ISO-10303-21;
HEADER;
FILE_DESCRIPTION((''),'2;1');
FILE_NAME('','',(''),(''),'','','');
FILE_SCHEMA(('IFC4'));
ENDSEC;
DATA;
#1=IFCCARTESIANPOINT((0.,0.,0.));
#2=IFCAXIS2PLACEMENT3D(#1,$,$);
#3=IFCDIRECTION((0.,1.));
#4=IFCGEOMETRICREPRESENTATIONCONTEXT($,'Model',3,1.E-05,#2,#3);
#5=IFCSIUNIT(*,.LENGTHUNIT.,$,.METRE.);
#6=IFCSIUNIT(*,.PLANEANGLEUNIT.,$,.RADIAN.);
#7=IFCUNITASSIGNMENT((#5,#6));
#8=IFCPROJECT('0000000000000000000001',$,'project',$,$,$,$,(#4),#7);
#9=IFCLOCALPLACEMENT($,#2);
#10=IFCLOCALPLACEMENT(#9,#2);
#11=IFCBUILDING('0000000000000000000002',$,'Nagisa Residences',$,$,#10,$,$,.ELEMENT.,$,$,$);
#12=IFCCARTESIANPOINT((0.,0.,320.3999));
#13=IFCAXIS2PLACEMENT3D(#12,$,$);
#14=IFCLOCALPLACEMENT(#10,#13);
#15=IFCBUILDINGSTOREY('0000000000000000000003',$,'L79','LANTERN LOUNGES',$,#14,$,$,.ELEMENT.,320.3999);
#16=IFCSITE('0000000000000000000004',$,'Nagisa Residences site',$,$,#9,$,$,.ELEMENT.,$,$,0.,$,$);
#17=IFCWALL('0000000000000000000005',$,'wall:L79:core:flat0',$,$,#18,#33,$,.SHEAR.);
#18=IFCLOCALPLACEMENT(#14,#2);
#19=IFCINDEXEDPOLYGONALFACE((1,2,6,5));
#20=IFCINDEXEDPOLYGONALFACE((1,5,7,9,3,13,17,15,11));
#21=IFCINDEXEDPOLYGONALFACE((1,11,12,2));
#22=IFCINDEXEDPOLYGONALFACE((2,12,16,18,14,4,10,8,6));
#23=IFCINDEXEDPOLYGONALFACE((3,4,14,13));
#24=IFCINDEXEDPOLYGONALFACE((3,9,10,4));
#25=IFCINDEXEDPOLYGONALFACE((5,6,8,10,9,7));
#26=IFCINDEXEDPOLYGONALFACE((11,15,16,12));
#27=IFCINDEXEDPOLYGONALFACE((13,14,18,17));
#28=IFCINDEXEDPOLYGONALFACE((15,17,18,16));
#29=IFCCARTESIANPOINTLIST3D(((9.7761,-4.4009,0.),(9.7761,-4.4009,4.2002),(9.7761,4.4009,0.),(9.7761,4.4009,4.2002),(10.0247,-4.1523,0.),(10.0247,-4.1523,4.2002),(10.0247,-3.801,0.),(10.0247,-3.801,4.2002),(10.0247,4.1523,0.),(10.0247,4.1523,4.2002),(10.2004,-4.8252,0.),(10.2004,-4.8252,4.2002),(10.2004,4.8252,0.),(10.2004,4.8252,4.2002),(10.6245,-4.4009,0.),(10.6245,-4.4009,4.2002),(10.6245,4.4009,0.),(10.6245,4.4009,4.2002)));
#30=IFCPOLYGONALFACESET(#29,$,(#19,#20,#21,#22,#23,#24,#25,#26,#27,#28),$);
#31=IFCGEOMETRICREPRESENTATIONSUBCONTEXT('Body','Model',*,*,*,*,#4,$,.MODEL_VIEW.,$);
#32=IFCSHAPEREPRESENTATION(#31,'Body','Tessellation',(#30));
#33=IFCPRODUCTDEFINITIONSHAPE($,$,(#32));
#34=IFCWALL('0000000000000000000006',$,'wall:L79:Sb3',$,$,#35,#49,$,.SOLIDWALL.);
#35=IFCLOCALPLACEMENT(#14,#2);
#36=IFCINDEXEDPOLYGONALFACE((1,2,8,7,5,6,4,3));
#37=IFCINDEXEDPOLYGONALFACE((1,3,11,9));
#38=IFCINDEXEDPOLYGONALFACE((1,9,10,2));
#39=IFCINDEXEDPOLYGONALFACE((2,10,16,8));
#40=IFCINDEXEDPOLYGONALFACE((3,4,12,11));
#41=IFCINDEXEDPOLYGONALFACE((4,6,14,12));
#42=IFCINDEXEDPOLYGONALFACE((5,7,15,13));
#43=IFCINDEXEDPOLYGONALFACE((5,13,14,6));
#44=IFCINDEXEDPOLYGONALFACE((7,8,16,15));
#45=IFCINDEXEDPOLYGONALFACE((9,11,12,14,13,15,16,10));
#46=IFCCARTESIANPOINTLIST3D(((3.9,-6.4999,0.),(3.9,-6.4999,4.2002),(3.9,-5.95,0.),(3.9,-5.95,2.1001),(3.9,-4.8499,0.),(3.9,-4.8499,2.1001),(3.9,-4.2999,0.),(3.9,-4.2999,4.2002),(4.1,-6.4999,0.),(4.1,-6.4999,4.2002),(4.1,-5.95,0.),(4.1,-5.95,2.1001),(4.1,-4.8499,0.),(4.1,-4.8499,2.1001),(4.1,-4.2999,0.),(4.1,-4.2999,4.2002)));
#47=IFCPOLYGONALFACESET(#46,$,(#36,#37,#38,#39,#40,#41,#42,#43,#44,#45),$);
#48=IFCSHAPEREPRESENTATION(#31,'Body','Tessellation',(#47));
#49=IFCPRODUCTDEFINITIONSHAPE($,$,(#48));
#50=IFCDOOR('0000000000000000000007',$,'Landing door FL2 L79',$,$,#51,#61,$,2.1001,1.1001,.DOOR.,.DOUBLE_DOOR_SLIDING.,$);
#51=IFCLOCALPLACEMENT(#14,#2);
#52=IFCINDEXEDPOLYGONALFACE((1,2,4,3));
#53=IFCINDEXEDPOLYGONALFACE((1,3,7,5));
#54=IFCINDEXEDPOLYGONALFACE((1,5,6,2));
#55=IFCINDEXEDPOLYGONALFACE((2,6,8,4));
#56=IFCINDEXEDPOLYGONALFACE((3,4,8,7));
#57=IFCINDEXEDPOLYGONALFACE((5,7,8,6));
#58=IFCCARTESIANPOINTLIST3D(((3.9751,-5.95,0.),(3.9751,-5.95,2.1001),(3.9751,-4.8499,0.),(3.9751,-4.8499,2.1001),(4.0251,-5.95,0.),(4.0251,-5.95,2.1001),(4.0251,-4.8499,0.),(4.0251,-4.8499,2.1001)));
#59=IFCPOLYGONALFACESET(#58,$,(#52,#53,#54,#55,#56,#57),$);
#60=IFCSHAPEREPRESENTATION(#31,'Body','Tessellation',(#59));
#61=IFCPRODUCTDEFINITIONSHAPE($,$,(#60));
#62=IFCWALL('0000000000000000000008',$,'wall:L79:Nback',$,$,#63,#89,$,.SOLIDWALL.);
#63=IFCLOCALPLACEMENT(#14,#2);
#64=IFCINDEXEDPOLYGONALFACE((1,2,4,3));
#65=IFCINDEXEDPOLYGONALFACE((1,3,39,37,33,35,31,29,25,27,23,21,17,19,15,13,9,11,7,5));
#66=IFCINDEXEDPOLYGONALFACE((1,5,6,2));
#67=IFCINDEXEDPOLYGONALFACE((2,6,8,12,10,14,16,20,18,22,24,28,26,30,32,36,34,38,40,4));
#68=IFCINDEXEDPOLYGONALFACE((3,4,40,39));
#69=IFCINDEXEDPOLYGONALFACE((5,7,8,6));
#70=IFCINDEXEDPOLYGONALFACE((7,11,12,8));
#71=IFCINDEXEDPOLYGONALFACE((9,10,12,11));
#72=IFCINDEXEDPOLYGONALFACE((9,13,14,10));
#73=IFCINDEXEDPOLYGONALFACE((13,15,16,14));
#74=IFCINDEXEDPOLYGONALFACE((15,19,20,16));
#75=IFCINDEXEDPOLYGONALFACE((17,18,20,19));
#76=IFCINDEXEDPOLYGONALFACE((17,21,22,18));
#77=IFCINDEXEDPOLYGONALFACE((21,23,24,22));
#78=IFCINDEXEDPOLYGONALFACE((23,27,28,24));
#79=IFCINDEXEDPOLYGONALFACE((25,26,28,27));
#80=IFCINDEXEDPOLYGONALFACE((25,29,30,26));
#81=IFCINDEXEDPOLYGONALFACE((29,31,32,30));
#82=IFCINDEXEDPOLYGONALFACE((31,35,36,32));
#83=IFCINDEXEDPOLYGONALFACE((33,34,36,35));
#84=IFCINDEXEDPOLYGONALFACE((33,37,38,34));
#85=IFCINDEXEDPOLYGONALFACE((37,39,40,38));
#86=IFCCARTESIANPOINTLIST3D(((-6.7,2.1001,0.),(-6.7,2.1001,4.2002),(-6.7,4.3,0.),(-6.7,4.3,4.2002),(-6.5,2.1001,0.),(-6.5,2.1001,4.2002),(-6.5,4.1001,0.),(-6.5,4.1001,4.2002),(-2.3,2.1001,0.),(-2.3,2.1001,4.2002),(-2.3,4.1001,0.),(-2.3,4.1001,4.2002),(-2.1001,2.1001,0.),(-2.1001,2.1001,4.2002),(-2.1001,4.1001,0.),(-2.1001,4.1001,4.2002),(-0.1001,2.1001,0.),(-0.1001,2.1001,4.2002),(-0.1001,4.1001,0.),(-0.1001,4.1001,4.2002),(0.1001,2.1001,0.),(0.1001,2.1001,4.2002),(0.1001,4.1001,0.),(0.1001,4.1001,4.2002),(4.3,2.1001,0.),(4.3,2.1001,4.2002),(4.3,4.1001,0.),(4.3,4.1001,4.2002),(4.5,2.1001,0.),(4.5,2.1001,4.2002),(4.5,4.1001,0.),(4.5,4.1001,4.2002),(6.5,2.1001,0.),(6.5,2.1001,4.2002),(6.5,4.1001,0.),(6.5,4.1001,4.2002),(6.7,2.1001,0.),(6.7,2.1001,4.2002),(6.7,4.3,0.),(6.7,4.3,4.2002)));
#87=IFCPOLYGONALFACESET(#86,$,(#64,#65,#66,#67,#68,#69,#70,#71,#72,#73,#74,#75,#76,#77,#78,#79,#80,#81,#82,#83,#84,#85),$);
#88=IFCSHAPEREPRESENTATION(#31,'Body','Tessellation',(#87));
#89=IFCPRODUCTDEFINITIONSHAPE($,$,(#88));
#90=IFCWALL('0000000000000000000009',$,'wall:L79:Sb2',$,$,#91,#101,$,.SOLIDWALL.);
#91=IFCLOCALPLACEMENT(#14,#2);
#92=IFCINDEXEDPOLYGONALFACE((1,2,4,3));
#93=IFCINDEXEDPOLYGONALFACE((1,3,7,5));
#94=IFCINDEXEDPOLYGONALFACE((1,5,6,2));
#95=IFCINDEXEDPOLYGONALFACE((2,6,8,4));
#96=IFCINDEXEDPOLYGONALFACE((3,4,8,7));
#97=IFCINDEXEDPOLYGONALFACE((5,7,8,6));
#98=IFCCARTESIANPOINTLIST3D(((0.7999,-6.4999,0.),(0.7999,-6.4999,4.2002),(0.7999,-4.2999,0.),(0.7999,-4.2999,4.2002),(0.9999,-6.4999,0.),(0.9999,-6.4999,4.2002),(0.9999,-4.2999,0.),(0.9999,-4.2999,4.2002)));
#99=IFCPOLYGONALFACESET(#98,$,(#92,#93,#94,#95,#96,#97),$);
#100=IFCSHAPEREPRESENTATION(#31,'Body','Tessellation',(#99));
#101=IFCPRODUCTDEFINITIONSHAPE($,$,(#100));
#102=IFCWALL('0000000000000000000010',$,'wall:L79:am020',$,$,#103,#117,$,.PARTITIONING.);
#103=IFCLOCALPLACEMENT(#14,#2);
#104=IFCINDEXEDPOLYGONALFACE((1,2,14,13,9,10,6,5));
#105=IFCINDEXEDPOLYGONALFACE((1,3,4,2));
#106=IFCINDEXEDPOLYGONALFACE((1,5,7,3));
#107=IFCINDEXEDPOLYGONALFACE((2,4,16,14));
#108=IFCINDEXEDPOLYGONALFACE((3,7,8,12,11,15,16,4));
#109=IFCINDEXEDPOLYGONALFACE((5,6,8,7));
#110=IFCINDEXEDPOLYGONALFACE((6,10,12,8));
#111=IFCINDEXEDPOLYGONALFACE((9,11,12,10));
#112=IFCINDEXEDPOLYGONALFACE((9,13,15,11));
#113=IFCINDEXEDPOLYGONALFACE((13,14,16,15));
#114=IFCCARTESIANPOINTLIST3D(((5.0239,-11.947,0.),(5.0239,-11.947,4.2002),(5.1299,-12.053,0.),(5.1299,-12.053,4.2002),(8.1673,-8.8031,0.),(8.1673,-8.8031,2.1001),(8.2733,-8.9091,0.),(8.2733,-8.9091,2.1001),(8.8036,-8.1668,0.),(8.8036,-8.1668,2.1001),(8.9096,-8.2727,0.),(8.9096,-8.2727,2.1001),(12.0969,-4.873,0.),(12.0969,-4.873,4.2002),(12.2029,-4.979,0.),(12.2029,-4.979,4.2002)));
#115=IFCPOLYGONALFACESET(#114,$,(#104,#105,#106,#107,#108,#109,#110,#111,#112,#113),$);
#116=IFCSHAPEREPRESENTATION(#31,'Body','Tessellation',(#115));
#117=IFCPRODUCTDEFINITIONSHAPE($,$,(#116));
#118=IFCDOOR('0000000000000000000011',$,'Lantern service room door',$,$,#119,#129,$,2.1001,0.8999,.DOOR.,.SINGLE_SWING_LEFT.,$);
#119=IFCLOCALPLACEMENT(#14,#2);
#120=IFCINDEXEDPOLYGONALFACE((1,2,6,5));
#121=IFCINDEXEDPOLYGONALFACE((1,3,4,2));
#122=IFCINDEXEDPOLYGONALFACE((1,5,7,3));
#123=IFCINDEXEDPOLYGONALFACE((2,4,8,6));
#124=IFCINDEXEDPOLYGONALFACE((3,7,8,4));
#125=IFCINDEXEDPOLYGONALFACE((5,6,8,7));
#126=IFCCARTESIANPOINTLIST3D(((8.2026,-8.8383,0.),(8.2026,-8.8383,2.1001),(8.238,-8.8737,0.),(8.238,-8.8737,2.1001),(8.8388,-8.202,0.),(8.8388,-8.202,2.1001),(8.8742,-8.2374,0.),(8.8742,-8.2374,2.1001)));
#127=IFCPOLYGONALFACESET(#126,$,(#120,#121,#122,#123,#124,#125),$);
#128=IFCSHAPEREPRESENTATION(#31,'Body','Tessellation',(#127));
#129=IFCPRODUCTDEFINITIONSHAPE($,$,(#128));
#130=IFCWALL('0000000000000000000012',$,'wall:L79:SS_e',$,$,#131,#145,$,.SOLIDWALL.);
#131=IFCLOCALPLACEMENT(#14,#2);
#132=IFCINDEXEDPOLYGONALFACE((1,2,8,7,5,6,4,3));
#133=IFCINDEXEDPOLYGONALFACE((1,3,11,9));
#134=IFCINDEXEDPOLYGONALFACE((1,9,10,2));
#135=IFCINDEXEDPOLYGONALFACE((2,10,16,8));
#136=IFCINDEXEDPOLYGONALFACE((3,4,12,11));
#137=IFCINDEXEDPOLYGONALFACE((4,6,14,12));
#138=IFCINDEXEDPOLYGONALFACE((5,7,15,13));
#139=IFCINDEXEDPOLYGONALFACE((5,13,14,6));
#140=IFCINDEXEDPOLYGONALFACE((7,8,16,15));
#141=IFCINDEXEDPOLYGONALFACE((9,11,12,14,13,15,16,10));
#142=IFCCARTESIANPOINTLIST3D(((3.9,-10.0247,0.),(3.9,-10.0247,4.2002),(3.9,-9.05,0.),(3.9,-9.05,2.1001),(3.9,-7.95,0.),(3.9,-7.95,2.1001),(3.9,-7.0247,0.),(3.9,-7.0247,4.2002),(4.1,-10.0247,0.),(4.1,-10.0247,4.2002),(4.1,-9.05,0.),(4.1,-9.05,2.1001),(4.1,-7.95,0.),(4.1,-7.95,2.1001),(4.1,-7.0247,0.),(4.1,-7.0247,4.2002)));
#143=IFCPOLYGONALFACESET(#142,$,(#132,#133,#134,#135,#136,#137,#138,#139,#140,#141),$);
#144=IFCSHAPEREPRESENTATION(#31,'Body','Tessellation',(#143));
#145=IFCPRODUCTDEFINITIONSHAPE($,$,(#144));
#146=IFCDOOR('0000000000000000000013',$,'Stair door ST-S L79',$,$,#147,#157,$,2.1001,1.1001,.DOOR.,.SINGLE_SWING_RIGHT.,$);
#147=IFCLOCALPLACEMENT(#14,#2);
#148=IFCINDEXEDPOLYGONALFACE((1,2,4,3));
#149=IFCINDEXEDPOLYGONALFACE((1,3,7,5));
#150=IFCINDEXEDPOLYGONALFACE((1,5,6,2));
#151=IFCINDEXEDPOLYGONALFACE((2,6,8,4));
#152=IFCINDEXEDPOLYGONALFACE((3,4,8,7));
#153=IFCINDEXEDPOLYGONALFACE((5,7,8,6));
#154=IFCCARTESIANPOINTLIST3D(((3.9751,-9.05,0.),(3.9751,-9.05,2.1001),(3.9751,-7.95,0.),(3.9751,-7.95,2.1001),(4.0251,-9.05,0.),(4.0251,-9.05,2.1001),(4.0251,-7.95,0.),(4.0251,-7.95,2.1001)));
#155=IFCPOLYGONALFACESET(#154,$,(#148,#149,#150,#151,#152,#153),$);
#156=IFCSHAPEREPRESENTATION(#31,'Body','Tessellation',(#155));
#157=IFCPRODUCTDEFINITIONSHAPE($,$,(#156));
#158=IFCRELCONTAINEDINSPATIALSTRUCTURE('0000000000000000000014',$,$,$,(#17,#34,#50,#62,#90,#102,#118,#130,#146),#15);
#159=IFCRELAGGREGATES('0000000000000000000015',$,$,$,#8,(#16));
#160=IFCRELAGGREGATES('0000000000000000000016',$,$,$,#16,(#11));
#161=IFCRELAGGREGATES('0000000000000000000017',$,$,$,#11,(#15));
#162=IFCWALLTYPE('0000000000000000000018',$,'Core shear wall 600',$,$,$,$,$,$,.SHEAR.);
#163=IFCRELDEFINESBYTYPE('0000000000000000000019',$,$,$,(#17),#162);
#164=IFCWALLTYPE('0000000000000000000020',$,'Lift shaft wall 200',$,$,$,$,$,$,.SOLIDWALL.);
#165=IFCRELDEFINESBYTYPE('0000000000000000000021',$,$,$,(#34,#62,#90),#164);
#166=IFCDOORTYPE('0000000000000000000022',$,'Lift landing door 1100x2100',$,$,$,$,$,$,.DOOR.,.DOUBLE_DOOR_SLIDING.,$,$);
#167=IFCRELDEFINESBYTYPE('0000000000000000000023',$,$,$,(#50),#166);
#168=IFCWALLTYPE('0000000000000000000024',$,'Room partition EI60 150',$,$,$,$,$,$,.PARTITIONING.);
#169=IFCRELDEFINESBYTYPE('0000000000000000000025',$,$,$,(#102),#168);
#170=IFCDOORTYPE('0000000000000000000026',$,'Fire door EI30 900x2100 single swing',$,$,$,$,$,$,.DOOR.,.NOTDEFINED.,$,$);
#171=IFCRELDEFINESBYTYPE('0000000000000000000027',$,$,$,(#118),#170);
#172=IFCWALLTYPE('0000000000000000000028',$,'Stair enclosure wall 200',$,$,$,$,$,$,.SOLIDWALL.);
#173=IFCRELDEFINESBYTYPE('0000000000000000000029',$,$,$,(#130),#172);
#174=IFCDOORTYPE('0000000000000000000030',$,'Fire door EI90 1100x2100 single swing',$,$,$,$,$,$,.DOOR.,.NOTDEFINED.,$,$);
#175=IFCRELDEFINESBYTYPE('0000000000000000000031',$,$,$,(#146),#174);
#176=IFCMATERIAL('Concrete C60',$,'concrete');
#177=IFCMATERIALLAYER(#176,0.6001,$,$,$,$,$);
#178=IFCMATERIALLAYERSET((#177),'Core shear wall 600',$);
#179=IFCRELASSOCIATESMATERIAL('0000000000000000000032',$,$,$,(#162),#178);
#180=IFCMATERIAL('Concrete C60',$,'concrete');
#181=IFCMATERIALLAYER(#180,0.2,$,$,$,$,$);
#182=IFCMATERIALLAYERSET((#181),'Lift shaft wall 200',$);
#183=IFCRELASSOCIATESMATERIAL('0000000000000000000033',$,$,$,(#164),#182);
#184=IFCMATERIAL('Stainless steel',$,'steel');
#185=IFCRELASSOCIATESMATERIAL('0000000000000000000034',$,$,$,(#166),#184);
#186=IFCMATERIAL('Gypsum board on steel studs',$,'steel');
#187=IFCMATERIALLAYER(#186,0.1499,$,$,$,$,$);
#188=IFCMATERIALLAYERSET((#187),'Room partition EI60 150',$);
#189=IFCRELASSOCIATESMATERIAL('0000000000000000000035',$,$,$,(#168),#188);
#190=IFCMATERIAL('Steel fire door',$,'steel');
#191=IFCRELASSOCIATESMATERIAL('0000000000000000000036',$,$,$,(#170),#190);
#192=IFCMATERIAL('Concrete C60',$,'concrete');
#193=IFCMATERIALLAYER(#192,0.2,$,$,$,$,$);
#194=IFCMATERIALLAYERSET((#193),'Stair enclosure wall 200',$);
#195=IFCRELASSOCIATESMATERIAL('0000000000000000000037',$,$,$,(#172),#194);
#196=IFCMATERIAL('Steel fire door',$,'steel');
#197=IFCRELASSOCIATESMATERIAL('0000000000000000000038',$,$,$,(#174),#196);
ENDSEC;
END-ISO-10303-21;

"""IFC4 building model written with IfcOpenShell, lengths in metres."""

from ifc_helpers import new_model, si_unit, direction, frame, frame_2d, origin, place, context, subcontext, project, spatial, polyline, rectangle, outline, extrude, material, layer, layer_set, type_object, element, fill, save


model = new_model("IFC4")

# Units and contexts
model_context = context("Model", 3, precision=1e-05, world=origin(), true_north=direction((0.0, 1.0)))
body_context = subcontext(model_context, "Body", "Model", "MODEL_VIEW")
ifc_project = project(units=[si_unit("LENGTHUNIT", "METRE"), si_unit("PLANEANGLEUNIT", "RADIAN")], contexts=[model_context])

# Site, building, storey
site_placement = place(None, origin())
site = spatial("IfcSite", under=ifc_project, at=site_placement, Name="Nagisa Residences site", CompositionType="ELEMENT", RefElevation=0.0)
building_placement = place(site_placement, origin())
building = spatial("IfcBuilding", under=site, at=building_placement, Name="Nagisa Residences", CompositionType="ELEMENT")
storey_placement = place(building_placement, frame((0.0, 0.0, 320.3999)))
storey = spatial("IfcBuildingStorey", under=building, at=storey_placement, Name="L79", Description="LANTERN LOUNGES", CompositionType="ELEMENT", Elevation=320.3999)

# Shared definitions
ifc_material_1 = material(Name="Concrete C60", Category="concrete")
ifc_layer_1 = layer(ifc_material_1, 0.6001)
ifc_layer_set_1 = layer_set([ifc_layer_1], Name="Core shear wall 600")
wall_type_1 = type_object("IfcWallType", Name="Core shear wall 600", PredefinedType="SHEAR", material=ifc_layer_set_1)

# Wall
wall_1_placement = place(storey_placement, origin())
element("IfcWall", 1, at=wall_1_placement, inside=storey, type_object=wall_type_1, Name="wall:L79:core:flat0", PredefinedType="SHEAR", context=body_context, shape_type="SweptSolid", body=[
    extrude(outline(polyline([(9.7761, -4.4009), (10.0247, -4.1523), (10.0247, -3.801), (10.0247, 4.1523), (9.7761, 4.4009), (10.2004, 4.8252), (10.6245, 4.4009), (10.6245, -4.4009), (10.2004, -4.8252), (9.7761, -4.4009)])), origin(), (0.0, 0.0, 1.0), 4.2002),
])

# Wall, opening, door
ifc_material_2 = material(Name="Concrete C60", Category="concrete")
ifc_layer_2 = layer(ifc_material_2, 0.2)
ifc_layer_set_2 = layer_set([ifc_layer_2], Name="Lift shaft wall 200")
wall_type_2 = type_object("IfcWallType", Name="Lift shaft wall 200", PredefinedType="SOLIDWALL", material=ifc_layer_set_2)
wall_2_placement = place(storey_placement, frame((4.0, -6.5, 0.0), z_axis=(0.0, 0.0, 1.0), x_axis=(0.0, 1.0, 0.0)))
wall_2 = element("IfcWall", 2, at=wall_2_placement, inside=storey, type_object=wall_type_2, Name="wall:L79:Sb3", PredefinedType="SOLIDWALL", context=body_context, shape_type="SweptSolid", body=[
    extrude(rectangle(XDim=2.2, YDim=0.2, at=frame_2d((1.1001, 0.0))), origin(), (0.0, 0.0, 1.0), 4.2002),
])
opening_1_placement = place(wall_2_placement, frame((0.55, 0.0, 0.0)))
opening_1 = element("IfcOpeningElement", 3, at=opening_1_placement, cuts=wall_2, PredefinedType="OPENING", context=body_context, shape_type="SweptSolid", body=[
    extrude(rectangle(XDim=1.1001, YDim=2.1001, at=frame_2d((0.55, 1.05))), frame((0.0, 0.1099, 0.0), z_axis=(0.0, -1.0, 0.0), x_axis=(1.0, 0.0, 0.0)), (0.0, 0.0, 1.0), 0.22),
])
ifc_material_3 = material(Name="Stainless steel", Category="steel")
door_type_1 = type_object("IfcDoorType", Name="Lift landing door 1100x2100", OperationType="DOUBLE_DOOR_SLIDING", PredefinedType="DOOR", material=ifc_material_3)
door_1_placement = place(opening_1_placement, origin())
door_1 = element("IfcDoor", 4, at=door_1_placement, inside=storey, type_object=door_type_1, Name="Landing door FL2 L79", OperationType="DOUBLE_DOOR_SLIDING", OverallHeight=2.1001, OverallWidth=1.1001, PredefinedType="DOOR", context=body_context, shape_type="SweptSolid", body=[
    extrude(rectangle(XDim=1.1001, YDim=2.1001, at=frame_2d((0.55, 1.05))), frame((0.0, 0.0249, 0.0), z_axis=(0.0, -1.0, 0.0), x_axis=(1.0, 0.0, 0.0)), (0.0, 0.0, 1.0), 0.05),
])
fill(opening_1, door_1)

# Walls
wall_3_placement = place(storey_placement, origin())
element("IfcWall", 5, at=wall_3_placement, inside=storey, type_object=wall_type_2, Name="wall:L79:Nback", PredefinedType="SOLIDWALL", context=body_context, shape_type="SweptSolid", body=[
    extrude(outline(polyline([(-6.7, 4.3), (6.7, 4.3), (6.7, 2.1001), (6.5, 2.1001), (6.5, 4.1001), (4.5, 4.1001), (4.5, 2.1001), (4.3, 2.1001), (4.3, 4.1001), (0.1001, 4.1001), (0.1001, 2.1001), (-0.1001, 2.1001), (-0.1001, 4.1001), (-2.1001, 4.1001), (-2.1001, 2.1001), (-2.3, 2.1001), (-2.3, 4.1001), (-6.5, 4.1001), (-6.5, 2.1001), (-6.7, 2.1001), (-6.7, 4.3)])), origin(), (0.0, 0.0, 1.0), 4.2002),
])
wall_4_placement = place(storey_placement, frame((0.8999, -6.5, 0.0), z_axis=(0.0, 0.0, 1.0), x_axis=(0.0, 1.0, 0.0)))
element("IfcWall", 6, at=wall_4_placement, inside=storey, type_object=wall_type_2, Name="wall:L79:Sb2", PredefinedType="SOLIDWALL", context=body_context, shape_type="SweptSolid", body=[
    extrude(rectangle(XDim=2.2, YDim=0.2, at=frame_2d((1.1001, 0.0))), origin(), (0.0, 0.0, 1.0), 4.2002),
])

# Walls, openings, doors
ifc_material_4 = material(Name="Gypsum board on steel studs", Category="steel")
ifc_layer_3 = layer(ifc_material_4, 0.1499)
ifc_layer_set_3 = layer_set([ifc_layer_3], Name="Room partition EI60 150")
wall_type_3 = type_object("IfcWallType", Name="Room partition EI60 150", PredefinedType="PARTITIONING", material=ifc_layer_set_3)
wall_5_placement = place(storey_placement, frame((12.1499, -4.926, 0.0), z_axis=(0.0, 0.0, 1.0), x_axis=(-0.707058, -0.707156, 0.0)))
wall_5 = element("IfcWall", 7, at=wall_5_placement, inside=storey, type_object=wall_type_3, Name="wall:L79:am020", PredefinedType="PARTITIONING", context=body_context, shape_type="SweptSolid", body=[
    extrude(rectangle(XDim=10.0034, YDim=0.1499, at=frame_2d((5.0017, 0.0))), origin(), (0.0, 0.0, 1.0), 4.2002),
])
opening_2_placement = place(wall_5_placement, frame((4.6577, 0.0, 0.0)))
opening_2 = element("IfcOpeningElement", 8, at=opening_2_placement, cuts=wall_5, PredefinedType="OPENING", context=body_context, shape_type="SweptSolid", body=[
    extrude(rectangle(XDim=0.8999, YDim=2.1001, at=frame_2d((0.45, 1.05))), frame((0.0, 0.085, 0.0), z_axis=(0.0, -1.0, 0.0), x_axis=(1.0, 0.0, 0.0)), (0.0, 0.0, 1.0), 0.1699),
])
ifc_material_5 = material(Name="Steel fire door", Category="steel")
door_type_2 = type_object("IfcDoorType", Name="Fire door EI30 900x2100 single swing", OperationType="NOTDEFINED", PredefinedType="DOOR", material=ifc_material_5)
door_2_placement = place(opening_2_placement, origin())
door_2 = element("IfcDoor", 9, at=door_2_placement, inside=storey, type_object=door_type_2, Name="Lantern service room door", OperationType="SINGLE_SWING_LEFT", OverallHeight=2.1001, OverallWidth=0.8999, PredefinedType="DOOR", context=body_context, shape_type="SweptSolid", body=[
    extrude(rectangle(XDim=0.8999, YDim=2.1001, at=frame_2d((0.45, 1.05))), frame((0.0, 0.0249, 0.0), z_axis=(0.0, -1.0, 0.0), x_axis=(1.0, 0.0, 0.0)), (0.0, 0.0, 1.0), 0.05),
])
fill(opening_2, door_2)
ifc_material_6 = material(Name="Concrete C60", Category="concrete")
ifc_layer_4 = layer(ifc_material_6, 0.2)
ifc_layer_set_4 = layer_set([ifc_layer_4], Name="Stair enclosure wall 200")
wall_type_4 = type_object("IfcWallType", Name="Stair enclosure wall 200", PredefinedType="SOLIDWALL", material=ifc_layer_set_4)
wall_6_placement = place(storey_placement, frame((4.0, -10.0247, 0.0), z_axis=(0.0, 0.0, 1.0), x_axis=(0.0, 1.0, 0.0)))
wall_6 = element("IfcWall", 10, at=wall_6_placement, inside=storey, type_object=wall_type_4, Name="wall:L79:SS_e", PredefinedType="SOLIDWALL", context=body_context, shape_type="SweptSolid", body=[
    extrude(rectangle(XDim=3.0, YDim=0.2, at=frame_2d((1.5, 0.0))), origin(), (0.0, 0.0, 1.0), 4.2002),
])
opening_3_placement = place(wall_6_placement, frame((0.9746, 0.0, 0.0)))
opening_3 = element("IfcOpeningElement", 11, at=opening_3_placement, cuts=wall_6, PredefinedType="OPENING", context=body_context, shape_type="SweptSolid", body=[
    extrude(rectangle(XDim=1.1001, YDim=2.1001, at=frame_2d((0.55, 1.05))), frame((0.0, 0.1099, 0.0), z_axis=(0.0, -1.0, 0.0), x_axis=(1.0, 0.0, 0.0)), (0.0, 0.0, 1.0), 0.22),
])
ifc_material_7 = material(Name="Steel fire door", Category="steel")
door_type_3 = type_object("IfcDoorType", Name="Fire door EI90 1100x2100 single swing", OperationType="NOTDEFINED", PredefinedType="DOOR", material=ifc_material_7)
door_3_placement = place(opening_3_placement, origin())
door_3 = element("IfcDoor", 12, at=door_3_placement, inside=storey, type_object=door_type_3, Name="Stair door ST-S L79", OperationType="SINGLE_SWING_RIGHT", OverallHeight=2.1001, OverallWidth=1.1001, PredefinedType="DOOR", context=body_context, shape_type="SweptSolid", body=[
    extrude(rectangle(XDim=1.1001, YDim=2.1001, at=frame_2d((0.55, 1.05))), frame((0.0, 0.0249, 0.0), z_axis=(0.0, -1.0, 0.0), x_axis=(1.0, 0.0, 0.0)), (0.0, 0.0, 1.0), 0.05),
])
fill(opening_3, door_3)

save(model, "model.ifc")
